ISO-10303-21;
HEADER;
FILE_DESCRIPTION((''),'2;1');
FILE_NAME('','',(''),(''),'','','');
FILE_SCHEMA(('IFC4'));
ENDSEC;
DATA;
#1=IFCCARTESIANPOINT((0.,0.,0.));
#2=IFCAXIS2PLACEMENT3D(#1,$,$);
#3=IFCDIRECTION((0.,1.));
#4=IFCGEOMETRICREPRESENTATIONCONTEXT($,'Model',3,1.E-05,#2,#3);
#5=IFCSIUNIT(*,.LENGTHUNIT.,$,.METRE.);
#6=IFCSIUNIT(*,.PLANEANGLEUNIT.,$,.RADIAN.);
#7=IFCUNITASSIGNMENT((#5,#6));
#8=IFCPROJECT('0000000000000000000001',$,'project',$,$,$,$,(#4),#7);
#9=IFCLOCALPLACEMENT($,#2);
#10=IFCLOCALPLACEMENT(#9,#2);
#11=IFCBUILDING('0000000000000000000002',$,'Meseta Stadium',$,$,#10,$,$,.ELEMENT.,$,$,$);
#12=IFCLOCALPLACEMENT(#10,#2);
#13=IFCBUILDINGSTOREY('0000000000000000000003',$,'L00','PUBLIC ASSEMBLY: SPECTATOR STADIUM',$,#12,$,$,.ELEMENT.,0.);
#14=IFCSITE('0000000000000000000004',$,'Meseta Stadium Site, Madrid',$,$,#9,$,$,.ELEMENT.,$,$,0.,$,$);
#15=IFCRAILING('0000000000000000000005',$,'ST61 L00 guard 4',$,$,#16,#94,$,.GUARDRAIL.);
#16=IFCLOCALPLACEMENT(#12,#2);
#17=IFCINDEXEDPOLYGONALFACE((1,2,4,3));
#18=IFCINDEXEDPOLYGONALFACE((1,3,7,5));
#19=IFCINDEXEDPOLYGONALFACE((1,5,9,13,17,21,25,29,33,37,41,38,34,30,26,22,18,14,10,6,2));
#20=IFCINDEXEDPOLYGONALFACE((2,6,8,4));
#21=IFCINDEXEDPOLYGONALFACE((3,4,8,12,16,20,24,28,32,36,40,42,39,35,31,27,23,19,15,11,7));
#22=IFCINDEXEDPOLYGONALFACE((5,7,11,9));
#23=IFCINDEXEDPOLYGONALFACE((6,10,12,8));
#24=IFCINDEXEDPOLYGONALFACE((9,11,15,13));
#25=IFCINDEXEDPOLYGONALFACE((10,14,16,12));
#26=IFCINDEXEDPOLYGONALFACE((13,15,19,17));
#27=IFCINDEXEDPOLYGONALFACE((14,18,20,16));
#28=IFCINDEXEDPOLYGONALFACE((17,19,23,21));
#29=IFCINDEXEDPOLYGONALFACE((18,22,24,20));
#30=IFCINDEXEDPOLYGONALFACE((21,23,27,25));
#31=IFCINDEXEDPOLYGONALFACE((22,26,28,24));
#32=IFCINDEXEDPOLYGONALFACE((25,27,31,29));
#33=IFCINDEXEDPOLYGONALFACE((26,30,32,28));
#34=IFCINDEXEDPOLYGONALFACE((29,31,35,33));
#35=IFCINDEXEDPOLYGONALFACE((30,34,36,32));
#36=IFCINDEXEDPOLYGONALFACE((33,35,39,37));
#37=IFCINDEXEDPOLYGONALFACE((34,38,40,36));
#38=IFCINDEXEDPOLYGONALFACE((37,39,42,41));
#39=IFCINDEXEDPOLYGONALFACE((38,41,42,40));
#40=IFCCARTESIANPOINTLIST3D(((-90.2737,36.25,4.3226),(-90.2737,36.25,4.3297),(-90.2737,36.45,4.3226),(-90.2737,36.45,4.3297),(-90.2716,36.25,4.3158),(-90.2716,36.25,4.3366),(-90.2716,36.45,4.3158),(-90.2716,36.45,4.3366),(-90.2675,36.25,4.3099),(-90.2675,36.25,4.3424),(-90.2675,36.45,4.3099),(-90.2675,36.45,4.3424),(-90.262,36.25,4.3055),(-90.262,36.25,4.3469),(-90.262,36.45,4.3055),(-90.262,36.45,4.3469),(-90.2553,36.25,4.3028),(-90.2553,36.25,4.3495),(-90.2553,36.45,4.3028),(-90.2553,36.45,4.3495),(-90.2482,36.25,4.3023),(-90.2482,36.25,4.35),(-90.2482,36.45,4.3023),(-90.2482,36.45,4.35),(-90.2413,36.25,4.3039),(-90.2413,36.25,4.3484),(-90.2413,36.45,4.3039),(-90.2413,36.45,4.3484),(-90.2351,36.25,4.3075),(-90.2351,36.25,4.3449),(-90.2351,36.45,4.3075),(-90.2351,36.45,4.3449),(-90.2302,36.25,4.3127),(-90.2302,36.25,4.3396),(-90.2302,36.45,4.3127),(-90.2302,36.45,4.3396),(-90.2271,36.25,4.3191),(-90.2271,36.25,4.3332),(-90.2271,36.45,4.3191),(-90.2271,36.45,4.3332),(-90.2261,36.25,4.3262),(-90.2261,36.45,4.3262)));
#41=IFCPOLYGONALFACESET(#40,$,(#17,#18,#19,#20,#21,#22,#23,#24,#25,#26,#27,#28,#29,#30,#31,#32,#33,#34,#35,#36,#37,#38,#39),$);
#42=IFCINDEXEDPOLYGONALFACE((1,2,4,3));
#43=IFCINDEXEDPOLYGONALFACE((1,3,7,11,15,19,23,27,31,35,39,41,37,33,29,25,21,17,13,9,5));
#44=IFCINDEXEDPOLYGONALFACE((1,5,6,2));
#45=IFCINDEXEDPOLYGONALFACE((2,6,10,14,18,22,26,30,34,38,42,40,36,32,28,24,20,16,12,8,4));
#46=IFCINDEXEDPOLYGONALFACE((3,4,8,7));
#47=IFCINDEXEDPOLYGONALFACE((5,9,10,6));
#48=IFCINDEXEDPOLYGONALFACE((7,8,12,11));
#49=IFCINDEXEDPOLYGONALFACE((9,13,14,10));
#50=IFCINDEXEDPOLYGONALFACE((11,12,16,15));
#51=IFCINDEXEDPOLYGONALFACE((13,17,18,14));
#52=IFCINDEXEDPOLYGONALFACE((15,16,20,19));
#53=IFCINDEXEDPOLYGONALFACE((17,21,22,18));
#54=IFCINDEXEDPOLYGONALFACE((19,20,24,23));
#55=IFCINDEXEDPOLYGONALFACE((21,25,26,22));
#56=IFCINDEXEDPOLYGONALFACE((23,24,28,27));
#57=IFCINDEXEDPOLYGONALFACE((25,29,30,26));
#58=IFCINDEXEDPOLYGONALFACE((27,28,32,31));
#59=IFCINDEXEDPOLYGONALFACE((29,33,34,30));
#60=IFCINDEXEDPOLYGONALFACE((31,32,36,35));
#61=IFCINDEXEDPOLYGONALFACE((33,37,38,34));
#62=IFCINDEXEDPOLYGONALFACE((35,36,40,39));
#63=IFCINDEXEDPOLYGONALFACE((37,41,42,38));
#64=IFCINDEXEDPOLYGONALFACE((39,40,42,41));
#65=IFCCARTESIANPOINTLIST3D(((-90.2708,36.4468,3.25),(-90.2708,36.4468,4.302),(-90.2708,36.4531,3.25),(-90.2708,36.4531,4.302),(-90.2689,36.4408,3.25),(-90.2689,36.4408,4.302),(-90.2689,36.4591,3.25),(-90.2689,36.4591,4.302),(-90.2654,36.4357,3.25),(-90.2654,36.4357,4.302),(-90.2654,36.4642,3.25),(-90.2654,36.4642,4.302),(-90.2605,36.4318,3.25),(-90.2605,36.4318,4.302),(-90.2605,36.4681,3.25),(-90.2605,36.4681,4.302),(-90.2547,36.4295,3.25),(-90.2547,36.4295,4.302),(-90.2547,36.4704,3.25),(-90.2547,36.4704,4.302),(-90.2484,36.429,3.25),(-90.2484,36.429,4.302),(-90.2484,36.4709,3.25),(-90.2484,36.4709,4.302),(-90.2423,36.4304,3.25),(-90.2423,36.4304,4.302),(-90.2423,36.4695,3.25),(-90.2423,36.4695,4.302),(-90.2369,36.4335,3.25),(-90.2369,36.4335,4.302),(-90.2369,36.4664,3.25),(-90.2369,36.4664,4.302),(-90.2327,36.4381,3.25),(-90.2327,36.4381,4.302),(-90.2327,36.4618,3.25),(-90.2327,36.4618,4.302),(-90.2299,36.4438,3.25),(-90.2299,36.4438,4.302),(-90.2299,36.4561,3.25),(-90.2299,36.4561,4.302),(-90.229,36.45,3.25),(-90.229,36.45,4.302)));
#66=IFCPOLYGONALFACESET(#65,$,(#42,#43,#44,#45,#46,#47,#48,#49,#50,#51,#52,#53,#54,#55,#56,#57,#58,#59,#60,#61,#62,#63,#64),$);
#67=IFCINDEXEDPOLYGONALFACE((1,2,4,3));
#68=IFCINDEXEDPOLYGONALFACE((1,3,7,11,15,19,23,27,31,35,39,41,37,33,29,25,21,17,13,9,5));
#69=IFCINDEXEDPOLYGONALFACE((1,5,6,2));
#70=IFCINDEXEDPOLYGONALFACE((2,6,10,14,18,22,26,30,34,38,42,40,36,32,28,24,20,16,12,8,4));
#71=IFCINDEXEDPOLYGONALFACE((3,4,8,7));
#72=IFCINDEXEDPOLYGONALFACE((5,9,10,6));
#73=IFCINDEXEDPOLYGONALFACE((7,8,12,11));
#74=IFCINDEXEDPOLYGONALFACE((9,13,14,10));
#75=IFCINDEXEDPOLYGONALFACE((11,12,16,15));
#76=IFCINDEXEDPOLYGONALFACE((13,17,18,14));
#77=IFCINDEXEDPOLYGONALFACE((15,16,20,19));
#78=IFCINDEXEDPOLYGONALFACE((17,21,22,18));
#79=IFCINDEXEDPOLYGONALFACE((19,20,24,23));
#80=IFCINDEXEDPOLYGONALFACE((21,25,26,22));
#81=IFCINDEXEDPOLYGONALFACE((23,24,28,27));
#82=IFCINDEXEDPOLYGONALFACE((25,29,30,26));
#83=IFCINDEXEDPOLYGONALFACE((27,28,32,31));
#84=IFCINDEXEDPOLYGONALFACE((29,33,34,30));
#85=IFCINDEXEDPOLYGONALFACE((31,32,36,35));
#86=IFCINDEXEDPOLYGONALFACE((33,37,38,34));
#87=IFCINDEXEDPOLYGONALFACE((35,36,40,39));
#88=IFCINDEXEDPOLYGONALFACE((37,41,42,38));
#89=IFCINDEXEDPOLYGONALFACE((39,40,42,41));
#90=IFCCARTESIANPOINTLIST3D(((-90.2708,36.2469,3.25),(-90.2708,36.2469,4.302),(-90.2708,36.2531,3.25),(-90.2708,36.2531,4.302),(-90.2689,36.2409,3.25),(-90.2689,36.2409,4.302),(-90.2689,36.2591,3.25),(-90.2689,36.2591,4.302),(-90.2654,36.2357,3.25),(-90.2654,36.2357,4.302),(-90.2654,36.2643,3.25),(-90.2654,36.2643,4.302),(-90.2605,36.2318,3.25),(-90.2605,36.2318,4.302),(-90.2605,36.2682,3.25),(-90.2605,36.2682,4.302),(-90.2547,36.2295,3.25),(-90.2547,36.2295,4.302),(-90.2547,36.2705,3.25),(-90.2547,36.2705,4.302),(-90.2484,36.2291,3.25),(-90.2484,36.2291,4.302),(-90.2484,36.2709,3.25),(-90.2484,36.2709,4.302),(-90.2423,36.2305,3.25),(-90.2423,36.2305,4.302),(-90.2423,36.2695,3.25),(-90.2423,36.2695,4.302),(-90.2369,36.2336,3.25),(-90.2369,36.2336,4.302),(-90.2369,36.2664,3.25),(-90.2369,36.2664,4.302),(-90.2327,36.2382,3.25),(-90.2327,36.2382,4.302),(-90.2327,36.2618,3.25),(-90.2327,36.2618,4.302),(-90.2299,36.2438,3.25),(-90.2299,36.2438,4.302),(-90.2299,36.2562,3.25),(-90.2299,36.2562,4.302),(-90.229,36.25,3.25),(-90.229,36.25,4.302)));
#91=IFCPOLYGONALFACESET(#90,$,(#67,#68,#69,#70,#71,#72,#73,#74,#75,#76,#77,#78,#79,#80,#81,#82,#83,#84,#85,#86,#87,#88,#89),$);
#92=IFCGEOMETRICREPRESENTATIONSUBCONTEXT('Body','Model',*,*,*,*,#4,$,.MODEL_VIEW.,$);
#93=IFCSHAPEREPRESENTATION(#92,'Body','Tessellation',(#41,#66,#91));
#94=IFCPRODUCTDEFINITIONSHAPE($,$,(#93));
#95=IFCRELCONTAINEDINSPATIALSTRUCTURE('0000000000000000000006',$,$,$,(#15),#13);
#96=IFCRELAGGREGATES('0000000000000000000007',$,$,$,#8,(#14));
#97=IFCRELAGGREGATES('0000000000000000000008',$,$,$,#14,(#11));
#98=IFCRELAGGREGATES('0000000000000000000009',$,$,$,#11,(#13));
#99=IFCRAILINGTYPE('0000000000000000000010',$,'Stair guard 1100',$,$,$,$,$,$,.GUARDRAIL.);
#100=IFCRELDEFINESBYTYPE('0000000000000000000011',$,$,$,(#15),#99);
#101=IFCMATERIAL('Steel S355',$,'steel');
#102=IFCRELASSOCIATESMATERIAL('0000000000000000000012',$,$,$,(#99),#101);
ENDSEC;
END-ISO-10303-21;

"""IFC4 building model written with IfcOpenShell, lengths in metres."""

from ifc_helpers import new_model, si_unit, direction, frame, origin, origin_2d, place, context, subcontext, project, spatial, circle, extrude, material, type_object, element, save


model = new_model("IFC4")

# Units and contexts
model_context = context("Model", 3, precision=1e-05, world=origin(), true_north=direction((0.0, 1.0)))
body_context = subcontext(model_context, "Body", "Model", "MODEL_VIEW")
ifc_project = project(units=[si_unit("LENGTHUNIT", "METRE"), si_unit("PLANEANGLEUNIT", "RADIAN")], contexts=[model_context])

# Site, building, storey
site_placement = place(None, origin())
site = spatial("IfcSite", under=ifc_project, at=site_placement, Name="Meseta Stadium Site, Madrid", CompositionType="ELEMENT", RefElevation=0.0)
building_placement = place(site_placement, origin())
building = spatial("IfcBuilding", under=site, at=building_placement, Name="Meseta Stadium", CompositionType="ELEMENT")
storey_placement = place(building_placement, origin())
storey = spatial("IfcBuildingStorey", under=building, at=storey_placement, Name="L00", Description="PUBLIC ASSEMBLY: SPECTATOR STADIUM", CompositionType="ELEMENT", Elevation=0.0)

# Railing
ifc_material_1 = material(Name="Steel S355", Category="steel")
railing_type_1 = type_object("IfcRailingType", Name="Stair guard 1100", PredefinedType="GUARDRAIL", material=ifc_material_1)
railing_1_placement = place(storey_placement, frame((-90.25, 36.45, 3.25)))
element("IfcRailing", 1, at=railing_1_placement, inside=storey, type_object=railing_type_1, Name="ST61 L00 guard 4", PredefinedType="GUARDRAIL", context=body_context, shape_type="SweptSolid", body=[
    extrude(circle(Radius=0.0239, at=origin_2d()), frame((0.0, 0.0, 1.0762), z_axis=(0.0, -1.0, 0.0), x_axis=(1.0, 0.0, 0.0)), (0.0, 0.0, 1.0), 0.2),
    extrude(circle(Radius=0.021, at=origin_2d()), origin(), (0.0, 0.0, 1.0), 1.052),
    extrude(circle(Radius=0.021, at=origin_2d()), frame((0.0, -0.2, 0.0)), (0.0, 0.0, 1.0), 1.052),
])

save(model, "model.ifc")
